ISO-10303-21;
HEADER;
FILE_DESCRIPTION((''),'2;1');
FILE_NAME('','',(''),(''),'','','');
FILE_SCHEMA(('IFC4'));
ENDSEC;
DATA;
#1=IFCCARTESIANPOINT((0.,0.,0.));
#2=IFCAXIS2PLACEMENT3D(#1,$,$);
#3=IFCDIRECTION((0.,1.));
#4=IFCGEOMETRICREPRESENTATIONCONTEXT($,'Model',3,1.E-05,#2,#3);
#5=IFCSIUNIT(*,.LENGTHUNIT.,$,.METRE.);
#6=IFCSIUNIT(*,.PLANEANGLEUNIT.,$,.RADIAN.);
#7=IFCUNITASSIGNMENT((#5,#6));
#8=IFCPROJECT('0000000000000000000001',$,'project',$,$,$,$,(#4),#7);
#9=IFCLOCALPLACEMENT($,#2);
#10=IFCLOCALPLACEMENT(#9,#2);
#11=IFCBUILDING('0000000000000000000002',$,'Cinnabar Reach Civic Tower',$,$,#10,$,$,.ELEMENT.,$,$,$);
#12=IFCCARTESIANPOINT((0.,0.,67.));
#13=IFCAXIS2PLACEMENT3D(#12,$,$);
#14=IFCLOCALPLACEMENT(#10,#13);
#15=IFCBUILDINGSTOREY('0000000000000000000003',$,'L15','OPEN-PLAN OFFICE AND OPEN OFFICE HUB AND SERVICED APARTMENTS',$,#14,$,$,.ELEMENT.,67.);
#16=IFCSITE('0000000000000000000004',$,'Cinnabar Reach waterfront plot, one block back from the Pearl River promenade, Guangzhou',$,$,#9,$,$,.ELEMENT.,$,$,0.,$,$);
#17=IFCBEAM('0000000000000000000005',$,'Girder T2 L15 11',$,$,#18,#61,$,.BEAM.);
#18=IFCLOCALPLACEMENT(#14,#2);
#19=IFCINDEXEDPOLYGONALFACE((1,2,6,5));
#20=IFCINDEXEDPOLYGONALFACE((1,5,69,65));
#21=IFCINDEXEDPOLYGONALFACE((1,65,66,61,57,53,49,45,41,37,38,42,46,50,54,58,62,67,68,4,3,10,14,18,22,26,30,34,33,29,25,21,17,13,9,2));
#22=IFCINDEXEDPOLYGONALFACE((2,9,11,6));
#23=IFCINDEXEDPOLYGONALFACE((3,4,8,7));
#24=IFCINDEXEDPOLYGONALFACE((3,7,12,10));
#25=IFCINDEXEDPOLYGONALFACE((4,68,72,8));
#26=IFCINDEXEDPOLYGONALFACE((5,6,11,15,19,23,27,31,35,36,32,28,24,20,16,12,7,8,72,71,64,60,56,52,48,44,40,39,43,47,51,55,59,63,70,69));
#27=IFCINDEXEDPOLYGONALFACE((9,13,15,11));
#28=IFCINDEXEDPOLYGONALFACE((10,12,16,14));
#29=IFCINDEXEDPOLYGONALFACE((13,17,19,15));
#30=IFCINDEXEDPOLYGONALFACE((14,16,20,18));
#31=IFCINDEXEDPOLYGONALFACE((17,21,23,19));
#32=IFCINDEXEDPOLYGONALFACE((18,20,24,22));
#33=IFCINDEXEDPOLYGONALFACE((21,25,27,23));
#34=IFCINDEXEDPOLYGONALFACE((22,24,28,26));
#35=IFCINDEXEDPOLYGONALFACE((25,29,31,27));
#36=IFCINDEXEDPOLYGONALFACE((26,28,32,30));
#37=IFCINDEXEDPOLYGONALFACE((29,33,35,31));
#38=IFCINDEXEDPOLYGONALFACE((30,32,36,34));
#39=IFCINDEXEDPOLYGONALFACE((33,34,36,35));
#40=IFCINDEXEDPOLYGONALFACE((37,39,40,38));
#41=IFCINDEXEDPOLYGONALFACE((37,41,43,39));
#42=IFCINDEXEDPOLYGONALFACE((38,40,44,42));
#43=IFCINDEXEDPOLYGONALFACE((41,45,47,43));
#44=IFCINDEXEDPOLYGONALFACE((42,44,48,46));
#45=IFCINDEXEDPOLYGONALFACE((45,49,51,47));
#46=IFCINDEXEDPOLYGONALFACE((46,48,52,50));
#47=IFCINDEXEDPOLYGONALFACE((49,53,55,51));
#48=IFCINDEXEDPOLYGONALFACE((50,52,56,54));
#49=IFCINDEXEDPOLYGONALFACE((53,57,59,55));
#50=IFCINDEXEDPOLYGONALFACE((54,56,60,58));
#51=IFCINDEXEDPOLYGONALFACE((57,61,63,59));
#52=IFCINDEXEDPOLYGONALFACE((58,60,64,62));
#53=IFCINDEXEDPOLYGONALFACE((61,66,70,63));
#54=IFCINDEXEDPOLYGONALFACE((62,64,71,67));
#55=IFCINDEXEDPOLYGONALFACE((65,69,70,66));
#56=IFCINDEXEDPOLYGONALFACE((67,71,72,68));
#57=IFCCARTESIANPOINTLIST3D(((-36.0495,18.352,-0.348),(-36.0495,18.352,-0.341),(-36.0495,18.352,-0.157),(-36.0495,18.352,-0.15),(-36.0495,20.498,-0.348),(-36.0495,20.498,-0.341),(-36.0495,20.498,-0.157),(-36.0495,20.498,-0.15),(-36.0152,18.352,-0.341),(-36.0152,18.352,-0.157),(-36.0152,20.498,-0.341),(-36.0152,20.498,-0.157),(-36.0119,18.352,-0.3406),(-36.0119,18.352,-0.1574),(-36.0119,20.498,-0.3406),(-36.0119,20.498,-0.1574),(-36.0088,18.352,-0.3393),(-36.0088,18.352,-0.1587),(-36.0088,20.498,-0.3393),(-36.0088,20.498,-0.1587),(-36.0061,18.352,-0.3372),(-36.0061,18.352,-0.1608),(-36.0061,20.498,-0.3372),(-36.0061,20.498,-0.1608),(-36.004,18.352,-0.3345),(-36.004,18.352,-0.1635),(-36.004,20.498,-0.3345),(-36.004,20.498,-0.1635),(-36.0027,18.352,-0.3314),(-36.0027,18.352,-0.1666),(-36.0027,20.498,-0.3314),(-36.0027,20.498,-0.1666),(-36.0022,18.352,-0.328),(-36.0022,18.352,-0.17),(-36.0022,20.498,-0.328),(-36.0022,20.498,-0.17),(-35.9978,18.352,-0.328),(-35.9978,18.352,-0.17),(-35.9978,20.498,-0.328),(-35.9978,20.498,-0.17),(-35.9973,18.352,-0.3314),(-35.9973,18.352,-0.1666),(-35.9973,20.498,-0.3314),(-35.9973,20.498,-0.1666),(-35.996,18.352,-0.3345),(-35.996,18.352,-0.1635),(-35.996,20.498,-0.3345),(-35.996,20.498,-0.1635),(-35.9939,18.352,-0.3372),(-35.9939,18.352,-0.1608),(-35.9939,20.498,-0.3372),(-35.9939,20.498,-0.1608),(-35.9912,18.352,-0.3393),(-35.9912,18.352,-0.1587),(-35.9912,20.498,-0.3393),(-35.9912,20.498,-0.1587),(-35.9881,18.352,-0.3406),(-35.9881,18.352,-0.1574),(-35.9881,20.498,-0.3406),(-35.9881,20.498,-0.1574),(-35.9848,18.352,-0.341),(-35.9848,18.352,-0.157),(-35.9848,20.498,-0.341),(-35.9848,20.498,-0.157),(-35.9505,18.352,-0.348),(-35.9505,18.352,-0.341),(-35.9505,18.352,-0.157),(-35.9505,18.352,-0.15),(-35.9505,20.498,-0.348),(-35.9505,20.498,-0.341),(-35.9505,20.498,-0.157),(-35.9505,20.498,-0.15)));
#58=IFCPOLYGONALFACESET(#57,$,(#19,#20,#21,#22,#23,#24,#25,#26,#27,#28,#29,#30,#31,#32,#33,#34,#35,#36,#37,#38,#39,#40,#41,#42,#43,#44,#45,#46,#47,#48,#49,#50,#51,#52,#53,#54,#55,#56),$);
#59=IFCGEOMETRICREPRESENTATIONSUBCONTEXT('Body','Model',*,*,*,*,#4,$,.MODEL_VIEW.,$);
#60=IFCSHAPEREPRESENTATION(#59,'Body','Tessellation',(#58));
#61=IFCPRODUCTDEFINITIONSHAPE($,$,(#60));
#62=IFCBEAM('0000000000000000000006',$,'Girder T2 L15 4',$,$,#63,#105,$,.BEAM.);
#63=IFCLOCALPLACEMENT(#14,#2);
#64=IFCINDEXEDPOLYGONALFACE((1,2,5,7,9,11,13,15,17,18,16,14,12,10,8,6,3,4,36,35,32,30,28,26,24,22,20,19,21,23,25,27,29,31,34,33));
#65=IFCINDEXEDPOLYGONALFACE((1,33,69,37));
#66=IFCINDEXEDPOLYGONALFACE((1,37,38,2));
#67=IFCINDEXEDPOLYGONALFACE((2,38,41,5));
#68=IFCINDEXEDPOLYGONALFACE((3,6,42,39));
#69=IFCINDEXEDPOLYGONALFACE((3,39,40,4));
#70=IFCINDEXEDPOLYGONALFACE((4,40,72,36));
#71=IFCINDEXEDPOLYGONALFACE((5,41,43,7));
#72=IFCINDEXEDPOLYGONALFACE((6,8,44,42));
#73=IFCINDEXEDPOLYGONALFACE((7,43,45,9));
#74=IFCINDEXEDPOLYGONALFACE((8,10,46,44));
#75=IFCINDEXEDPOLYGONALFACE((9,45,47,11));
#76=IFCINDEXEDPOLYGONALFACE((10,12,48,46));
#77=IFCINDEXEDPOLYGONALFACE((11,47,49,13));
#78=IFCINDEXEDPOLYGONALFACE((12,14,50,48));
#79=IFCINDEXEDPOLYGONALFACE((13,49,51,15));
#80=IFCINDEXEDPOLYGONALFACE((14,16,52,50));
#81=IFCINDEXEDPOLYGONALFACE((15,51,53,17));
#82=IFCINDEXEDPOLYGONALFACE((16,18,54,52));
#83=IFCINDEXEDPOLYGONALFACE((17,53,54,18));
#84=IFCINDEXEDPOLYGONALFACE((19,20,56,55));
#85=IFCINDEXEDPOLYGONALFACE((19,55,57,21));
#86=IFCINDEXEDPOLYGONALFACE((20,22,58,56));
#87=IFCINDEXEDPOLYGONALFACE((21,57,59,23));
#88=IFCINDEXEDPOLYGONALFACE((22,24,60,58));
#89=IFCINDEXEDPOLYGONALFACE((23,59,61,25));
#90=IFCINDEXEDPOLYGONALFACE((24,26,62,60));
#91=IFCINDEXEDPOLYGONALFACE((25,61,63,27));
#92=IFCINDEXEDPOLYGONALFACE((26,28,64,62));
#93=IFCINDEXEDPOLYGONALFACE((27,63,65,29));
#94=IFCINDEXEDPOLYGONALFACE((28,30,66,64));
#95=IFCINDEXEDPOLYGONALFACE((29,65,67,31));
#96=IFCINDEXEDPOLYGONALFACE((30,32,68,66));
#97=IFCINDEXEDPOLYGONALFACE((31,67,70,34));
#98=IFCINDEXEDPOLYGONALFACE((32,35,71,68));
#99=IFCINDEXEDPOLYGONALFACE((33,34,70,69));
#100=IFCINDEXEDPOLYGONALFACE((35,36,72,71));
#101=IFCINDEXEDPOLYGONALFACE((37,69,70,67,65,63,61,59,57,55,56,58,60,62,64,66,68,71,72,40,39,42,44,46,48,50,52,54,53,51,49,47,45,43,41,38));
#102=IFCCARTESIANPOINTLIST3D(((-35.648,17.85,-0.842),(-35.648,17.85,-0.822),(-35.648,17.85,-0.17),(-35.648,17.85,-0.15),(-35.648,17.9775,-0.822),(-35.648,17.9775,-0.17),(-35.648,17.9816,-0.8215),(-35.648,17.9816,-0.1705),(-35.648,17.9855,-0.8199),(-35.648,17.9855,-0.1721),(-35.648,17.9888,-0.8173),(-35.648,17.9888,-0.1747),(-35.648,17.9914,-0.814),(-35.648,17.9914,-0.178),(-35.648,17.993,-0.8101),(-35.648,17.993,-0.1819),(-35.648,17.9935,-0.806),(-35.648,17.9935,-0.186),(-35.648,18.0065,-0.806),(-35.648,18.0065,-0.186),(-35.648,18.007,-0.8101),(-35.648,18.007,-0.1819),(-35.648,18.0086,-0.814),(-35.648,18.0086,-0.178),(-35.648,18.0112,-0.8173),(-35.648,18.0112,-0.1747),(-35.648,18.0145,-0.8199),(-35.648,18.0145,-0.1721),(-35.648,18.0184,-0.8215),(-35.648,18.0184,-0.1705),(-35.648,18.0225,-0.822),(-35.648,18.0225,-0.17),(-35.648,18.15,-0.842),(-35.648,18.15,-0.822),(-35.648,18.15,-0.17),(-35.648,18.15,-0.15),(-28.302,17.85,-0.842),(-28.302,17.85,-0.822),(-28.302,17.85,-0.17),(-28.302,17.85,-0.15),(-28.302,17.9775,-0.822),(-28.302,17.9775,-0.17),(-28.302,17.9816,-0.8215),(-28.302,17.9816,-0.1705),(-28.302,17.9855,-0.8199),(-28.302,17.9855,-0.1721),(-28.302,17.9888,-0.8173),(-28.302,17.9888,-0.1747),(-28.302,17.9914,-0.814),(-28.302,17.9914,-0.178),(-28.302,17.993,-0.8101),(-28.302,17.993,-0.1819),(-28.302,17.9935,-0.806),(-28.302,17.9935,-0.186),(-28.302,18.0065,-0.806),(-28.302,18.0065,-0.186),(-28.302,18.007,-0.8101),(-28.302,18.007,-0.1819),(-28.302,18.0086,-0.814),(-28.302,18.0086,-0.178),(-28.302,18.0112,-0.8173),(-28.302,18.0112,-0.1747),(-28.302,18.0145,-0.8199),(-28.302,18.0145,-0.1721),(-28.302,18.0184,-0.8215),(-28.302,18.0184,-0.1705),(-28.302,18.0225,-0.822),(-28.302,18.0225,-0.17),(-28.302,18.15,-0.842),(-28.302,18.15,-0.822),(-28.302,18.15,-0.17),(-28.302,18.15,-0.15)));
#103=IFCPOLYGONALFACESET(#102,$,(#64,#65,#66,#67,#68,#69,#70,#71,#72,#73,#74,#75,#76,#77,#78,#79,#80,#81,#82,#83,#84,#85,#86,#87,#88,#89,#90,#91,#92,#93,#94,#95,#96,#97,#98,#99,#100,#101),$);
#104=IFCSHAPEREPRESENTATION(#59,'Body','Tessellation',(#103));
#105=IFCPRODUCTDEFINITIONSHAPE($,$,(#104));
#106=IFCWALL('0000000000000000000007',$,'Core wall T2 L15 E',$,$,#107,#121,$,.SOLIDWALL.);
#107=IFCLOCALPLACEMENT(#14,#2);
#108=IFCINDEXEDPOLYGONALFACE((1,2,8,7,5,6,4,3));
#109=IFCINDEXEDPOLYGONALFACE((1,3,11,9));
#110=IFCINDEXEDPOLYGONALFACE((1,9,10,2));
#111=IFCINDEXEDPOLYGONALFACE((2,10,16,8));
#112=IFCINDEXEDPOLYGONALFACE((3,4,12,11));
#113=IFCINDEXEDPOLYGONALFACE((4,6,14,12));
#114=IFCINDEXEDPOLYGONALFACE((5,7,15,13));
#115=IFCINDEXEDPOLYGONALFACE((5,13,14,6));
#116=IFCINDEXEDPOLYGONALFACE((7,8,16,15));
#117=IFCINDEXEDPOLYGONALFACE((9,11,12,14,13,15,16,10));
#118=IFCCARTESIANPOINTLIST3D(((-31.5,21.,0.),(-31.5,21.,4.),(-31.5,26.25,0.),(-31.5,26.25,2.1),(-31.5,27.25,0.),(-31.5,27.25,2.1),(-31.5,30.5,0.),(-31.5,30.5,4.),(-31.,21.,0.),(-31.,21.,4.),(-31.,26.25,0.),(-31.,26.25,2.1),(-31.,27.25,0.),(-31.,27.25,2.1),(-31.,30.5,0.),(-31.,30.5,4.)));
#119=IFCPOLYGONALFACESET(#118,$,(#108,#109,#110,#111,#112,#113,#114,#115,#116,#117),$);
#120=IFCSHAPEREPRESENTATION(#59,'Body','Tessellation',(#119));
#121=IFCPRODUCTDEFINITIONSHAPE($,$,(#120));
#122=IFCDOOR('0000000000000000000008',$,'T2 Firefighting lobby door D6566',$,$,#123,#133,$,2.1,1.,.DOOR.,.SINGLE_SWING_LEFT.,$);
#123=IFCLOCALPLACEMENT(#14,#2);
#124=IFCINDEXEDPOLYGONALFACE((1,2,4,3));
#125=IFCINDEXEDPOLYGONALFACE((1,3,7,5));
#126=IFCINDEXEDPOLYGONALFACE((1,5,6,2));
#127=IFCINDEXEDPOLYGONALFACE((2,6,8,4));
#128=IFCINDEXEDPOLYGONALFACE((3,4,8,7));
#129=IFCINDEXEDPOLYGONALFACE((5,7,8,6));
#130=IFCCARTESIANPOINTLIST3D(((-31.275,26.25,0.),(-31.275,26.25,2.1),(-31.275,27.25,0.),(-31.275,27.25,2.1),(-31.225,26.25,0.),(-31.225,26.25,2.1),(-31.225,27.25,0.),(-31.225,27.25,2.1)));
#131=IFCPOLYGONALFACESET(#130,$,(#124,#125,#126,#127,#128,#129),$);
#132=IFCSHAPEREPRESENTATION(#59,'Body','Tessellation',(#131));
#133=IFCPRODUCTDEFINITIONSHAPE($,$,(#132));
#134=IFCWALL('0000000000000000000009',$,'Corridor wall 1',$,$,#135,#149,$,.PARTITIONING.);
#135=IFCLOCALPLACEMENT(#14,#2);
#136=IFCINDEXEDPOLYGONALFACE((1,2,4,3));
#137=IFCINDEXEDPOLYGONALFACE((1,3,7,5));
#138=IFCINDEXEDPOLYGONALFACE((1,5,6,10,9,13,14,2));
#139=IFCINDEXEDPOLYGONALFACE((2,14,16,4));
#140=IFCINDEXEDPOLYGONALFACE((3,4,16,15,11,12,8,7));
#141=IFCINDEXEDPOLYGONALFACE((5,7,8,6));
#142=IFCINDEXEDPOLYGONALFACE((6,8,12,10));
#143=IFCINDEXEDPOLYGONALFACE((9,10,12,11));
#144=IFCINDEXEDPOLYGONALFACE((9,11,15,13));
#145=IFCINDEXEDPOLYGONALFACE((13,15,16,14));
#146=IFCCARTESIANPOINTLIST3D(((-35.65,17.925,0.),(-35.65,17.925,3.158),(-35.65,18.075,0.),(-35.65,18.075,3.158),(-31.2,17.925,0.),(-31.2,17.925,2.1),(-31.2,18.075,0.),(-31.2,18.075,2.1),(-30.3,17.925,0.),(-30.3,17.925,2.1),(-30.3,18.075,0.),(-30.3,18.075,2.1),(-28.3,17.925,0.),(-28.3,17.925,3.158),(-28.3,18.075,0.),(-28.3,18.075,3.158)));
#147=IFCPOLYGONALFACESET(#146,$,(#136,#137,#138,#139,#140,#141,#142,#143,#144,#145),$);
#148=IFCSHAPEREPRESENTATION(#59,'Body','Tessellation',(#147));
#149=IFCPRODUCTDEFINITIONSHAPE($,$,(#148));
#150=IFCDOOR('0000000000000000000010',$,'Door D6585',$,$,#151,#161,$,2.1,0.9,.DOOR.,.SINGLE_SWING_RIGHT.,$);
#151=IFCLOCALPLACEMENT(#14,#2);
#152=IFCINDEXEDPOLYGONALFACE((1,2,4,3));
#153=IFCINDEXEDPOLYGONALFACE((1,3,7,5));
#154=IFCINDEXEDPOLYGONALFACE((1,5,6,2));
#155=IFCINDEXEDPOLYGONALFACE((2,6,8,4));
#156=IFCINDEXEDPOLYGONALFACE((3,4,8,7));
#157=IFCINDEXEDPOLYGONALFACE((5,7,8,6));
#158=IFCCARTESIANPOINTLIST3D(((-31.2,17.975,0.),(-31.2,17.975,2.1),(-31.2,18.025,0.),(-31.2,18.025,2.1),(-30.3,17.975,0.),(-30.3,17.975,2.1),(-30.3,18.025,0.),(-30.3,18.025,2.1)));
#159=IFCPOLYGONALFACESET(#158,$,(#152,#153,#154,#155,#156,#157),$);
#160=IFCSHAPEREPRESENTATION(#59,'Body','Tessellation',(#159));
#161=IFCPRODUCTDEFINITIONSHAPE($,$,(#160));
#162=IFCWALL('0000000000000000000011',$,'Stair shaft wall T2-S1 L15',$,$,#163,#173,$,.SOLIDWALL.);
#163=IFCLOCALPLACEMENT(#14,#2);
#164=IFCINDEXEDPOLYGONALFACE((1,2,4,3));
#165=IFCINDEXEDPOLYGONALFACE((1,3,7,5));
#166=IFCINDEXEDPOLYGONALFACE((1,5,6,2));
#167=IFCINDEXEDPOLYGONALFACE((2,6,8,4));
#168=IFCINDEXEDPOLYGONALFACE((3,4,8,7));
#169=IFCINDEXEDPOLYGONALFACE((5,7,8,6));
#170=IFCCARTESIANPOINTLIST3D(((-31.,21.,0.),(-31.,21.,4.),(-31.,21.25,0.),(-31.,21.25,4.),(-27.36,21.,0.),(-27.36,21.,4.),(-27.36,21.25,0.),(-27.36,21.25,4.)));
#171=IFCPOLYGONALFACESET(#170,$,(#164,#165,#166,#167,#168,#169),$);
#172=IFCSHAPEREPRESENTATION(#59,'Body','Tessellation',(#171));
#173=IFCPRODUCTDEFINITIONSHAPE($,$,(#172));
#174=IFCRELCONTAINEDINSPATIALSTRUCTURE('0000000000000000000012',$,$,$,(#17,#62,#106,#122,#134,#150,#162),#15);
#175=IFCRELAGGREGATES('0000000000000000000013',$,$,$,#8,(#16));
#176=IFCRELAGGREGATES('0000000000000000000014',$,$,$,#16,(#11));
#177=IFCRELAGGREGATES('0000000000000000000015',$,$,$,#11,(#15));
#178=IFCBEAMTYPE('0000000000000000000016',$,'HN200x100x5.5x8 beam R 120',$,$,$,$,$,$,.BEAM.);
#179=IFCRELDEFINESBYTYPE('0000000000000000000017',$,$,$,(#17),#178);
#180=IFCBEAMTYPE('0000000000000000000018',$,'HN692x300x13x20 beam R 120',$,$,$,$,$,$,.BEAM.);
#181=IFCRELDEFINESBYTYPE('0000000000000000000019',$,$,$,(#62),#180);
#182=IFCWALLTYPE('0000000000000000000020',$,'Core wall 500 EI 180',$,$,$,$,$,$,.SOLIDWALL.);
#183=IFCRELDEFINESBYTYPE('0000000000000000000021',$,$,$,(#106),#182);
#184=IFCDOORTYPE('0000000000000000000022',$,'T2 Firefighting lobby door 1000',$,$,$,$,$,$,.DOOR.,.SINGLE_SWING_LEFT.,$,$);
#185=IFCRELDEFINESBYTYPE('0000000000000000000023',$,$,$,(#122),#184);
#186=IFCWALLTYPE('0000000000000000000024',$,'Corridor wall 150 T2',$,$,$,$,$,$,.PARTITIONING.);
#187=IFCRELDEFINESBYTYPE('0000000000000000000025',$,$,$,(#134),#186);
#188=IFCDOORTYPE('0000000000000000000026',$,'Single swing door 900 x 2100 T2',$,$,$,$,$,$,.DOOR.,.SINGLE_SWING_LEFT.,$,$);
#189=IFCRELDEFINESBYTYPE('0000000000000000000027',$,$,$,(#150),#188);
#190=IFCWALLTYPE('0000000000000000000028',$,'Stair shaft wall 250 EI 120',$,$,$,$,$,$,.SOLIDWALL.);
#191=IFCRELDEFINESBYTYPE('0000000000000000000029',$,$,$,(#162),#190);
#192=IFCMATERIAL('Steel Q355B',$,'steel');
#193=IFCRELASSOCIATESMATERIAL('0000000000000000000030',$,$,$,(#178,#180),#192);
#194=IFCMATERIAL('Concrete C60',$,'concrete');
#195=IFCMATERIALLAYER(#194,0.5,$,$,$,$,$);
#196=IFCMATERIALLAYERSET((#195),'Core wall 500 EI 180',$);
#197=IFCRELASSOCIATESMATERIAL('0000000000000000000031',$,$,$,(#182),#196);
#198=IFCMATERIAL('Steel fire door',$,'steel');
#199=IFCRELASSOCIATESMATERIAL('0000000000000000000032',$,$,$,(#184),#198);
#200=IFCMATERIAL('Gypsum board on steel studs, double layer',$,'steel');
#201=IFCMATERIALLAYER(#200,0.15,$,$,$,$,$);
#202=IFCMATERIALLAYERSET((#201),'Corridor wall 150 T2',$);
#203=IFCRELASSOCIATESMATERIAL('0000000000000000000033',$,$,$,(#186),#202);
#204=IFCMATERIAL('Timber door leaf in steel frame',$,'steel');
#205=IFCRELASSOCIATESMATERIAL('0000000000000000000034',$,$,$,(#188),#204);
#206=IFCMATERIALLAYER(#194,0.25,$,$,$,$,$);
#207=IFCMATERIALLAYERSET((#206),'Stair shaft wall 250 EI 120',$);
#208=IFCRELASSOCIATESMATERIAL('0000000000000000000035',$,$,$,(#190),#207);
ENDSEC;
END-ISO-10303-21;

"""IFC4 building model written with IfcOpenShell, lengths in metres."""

from ifc_helpers import new_model, si_unit, direction, frame, frame_2d, origin, origin_2d, place, context, subcontext, project, spatial, rectangle, i_section, extrude, material, layer, layer_set, material_profile, profile_set, type_object, element, fill, save


model = new_model("IFC4")

# Units and contexts
model_context = context("Model", 3, precision=1e-05, world=origin(), true_north=direction((0.0, 1.0)))
body_context = subcontext(model_context, "Body", "Model", "MODEL_VIEW")
ifc_project = project(units=[si_unit("LENGTHUNIT", "METRE"), si_unit("PLANEANGLEUNIT", "RADIAN")], contexts=[model_context])

# Site, building, storey
site_placement = place(None, origin())
site = spatial("IfcSite", under=ifc_project, at=site_placement, Name="Cinnabar Reach waterfront plot, one block back from the Pearl River promenade, Guangzhou", CompositionType="ELEMENT", RefElevation=0.0)
building_placement = place(site_placement, origin())
building = spatial("IfcBuilding", under=site, at=building_placement, Name="Cinnabar Reach Civic Tower", CompositionType="ELEMENT")
storey_placement = place(building_placement, frame((0.0, 0.0, 67.0)))
storey = spatial("IfcBuildingStorey", under=building, at=storey_placement, Name="L15", Description="OPEN-PLAN OFFICE AND OPEN OFFICE HUB AND SERVICED APARTMENTS", CompositionType="ELEMENT", Elevation=67.0)

# Beams
ifc_material_1 = material(Name="Steel Q355B", Category="steel")
ifc_material_profile_1 = material_profile(ifc_material_1, i_section(OverallWidth=0.099, OverallDepth=0.198, WebThickness=0.0045, FlangeThickness=0.007, FilletRadius=0.013, at=origin_2d()), Name="HN200x100x5.5x8")
ifc_profile_set_1 = profile_set([ifc_material_profile_1], Name="Steel Q355B")
beam_type_1 = type_object("IfcBeamType", Name="HN200x100x5.5x8 beam R 120", PredefinedType="BEAM", material=ifc_profile_set_1)
beam_1_placement = place(storey_placement, frame((-36.0, 18.352, -0.249), z_axis=(0.0, 1.0, 0.0), x_axis=(-1.0, 0.0, 0.0)))
element("IfcBeam", 1, at=beam_1_placement, inside=storey, type_object=beam_type_1, Name="Girder T2 L15 11", PredefinedType="BEAM", context=body_context, shape_type="SweptSolid", body=[
    extrude(i_section(OverallWidth=0.099, OverallDepth=0.198, WebThickness=0.0045, FlangeThickness=0.007, FilletRadius=0.013, at=origin_2d()), origin(), (0.0, 0.0, 1.0), 2.146),
])
ifc_material_profile_2 = material_profile(ifc_material_1, i_section(OverallWidth=0.3, OverallDepth=0.692, WebThickness=0.013, FlangeThickness=0.02, FilletRadius=0.016, at=origin_2d()), Name="HN692x300x13x20")
ifc_profile_set_2 = profile_set([ifc_material_profile_2], Name="Steel Q355B")
beam_type_2 = type_object("IfcBeamType", Name="HN692x300x13x20 beam R 120", PredefinedType="BEAM", material=ifc_profile_set_2)
beam_2_placement = place(storey_placement, frame((-35.648, 18.0, -0.496), z_axis=(1.0, 0.0, 0.0), x_axis=(0.0, 1.0, 0.0)))
element("IfcBeam", 2, at=beam_2_placement, inside=storey, type_object=beam_type_2, Name="Girder T2 L15 4", PredefinedType="BEAM", context=body_context, shape_type="SweptSolid", body=[
    extrude(i_section(OverallWidth=0.3, OverallDepth=0.692, WebThickness=0.013, FlangeThickness=0.02, FilletRadius=0.016, at=origin_2d()), origin(), (0.0, 0.0, 1.0), 7.346),
])

# Walls, openings, doors
ifc_material_2 = material(Name="Concrete C60", Category="concrete")
ifc_layer_1 = layer(ifc_material_2, 0.5)
ifc_layer_set_1 = layer_set([ifc_layer_1], Name="Core wall 500 EI 180")
wall_type_1 = type_object("IfcWallType", Name="Core wall 500 EI 180", PredefinedType="SOLIDWALL", material=ifc_layer_set_1)
wall_1_placement = place(storey_placement, frame((-31.25, 21.0, 0.0), z_axis=(0.0, 0.0, 1.0), x_axis=(0.0, 1.0, 0.0)))
wall_1 = element("IfcWall", 3, at=wall_1_placement, inside=storey, type_object=wall_type_1, Name="Core wall T2 L15 E", PredefinedType="SOLIDWALL", context=body_context, shape_type="SweptSolid", body=[
    extrude(rectangle(XDim=9.5, YDim=0.5, at=frame_2d((4.75, 0.0))), origin(), (0.0, 0.0, 1.0), 4.0),
])
opening_1_placement = place(wall_1_placement, frame((5.25, 0.0, 0.0)))
opening_1 = element("IfcOpeningElement", 4, at=opening_1_placement, cuts=wall_1, PredefinedType="OPENING", context=body_context, shape_type="SweptSolid", body=[
    extrude(rectangle(XDim=1.0, YDim=2.1, at=frame_2d((0.5, 1.05))), frame((0.0, 0.26, 0.0), z_axis=(0.0, -1.0, 0.0), x_axis=(1.0, 0.0, 0.0)), (0.0, 0.0, 1.0), 0.52),
])
ifc_material_3 = material(Name="Steel fire door", Category="steel")
door_type_1 = type_object("IfcDoorType", Name="T2 Firefighting lobby door 1000", OperationType="SINGLE_SWING_LEFT", PredefinedType="DOOR", material=ifc_material_3)
door_1_placement = place(opening_1_placement, frame((1.0, 0.0, 0.0), z_axis=(0.0, 0.0, 1.0), x_axis=(-1.0, 0.0, 0.0)))
door_1 = element("IfcDoor", 5, at=door_1_placement, inside=storey, type_object=door_type_1, Name="T2 Firefighting lobby door D6566", OperationType="SINGLE_SWING_LEFT", OverallHeight=2.1, OverallWidth=1.0, PredefinedType="DOOR", context=body_context, shape_type="SweptSolid", body=[
    extrude(rectangle(XDim=1.0, YDim=2.1, at=frame_2d((0.5, 1.05))), frame((0.0, 0.025, 0.0), z_axis=(0.0, -1.0, 0.0), x_axis=(1.0, 0.0, 0.0)), (0.0, 0.0, 1.0), 0.05),
])
fill(opening_1, door_1)
ifc_material_4 = material(Name="Gypsum board on steel studs, double layer", Category="steel")
ifc_layer_2 = layer(ifc_material_4, 0.15)
ifc_layer_set_2 = layer_set([ifc_layer_2], Name="Corridor wall 150 T2")
wall_type_2 = type_object("IfcWallType", Name="Corridor wall 150 T2", PredefinedType="PARTITIONING", material=ifc_layer_set_2)
wall_2_placement = place(storey_placement, frame((-35.65, 18.0, 0.0), z_axis=(0.0, 0.0, 1.0), x_axis=(1.0, 0.0, 0.0)))
wall_2 = element("IfcWall", 6, at=wall_2_placement, inside=storey, type_object=wall_type_2, Name="Corridor wall 1", PredefinedType="PARTITIONING", context=body_context, shape_type="SweptSolid", body=[
    extrude(rectangle(XDim=7.35, YDim=0.15, at=frame_2d((3.675, 0.0))), origin(), (0.0, 0.0, 1.0), 3.158),
])
opening_2_placement = place(wall_2_placement, frame((4.45, 0.0, 0.0)))
opening_2 = element("IfcOpeningElement", 7, at=opening_2_placement, cuts=wall_2, PredefinedType="OPENING", context=body_context, shape_type="SweptSolid", body=[
    extrude(rectangle(XDim=0.9, YDim=2.1, at=frame_2d((0.45, 1.05))), frame((0.0, 0.085, 0.0), z_axis=(0.0, -1.0, 0.0), x_axis=(1.0, 0.0, 0.0)), (0.0, 0.0, 1.0), 0.17),
])
ifc_material_5 = material(Name="Timber door leaf in steel frame", Category="steel")
door_type_2 = type_object("IfcDoorType", Name="Single swing door 900 x 2100 T2", OperationType="SINGLE_SWING_LEFT", PredefinedType="DOOR", material=ifc_material_5)
door_2_placement = place(opening_2_placement, frame((0.9, 0.0, 0.0), z_axis=(0.0, 0.0, 1.0), x_axis=(-1.0, 0.0, 0.0)))
door_2 = element("IfcDoor", 8, at=door_2_placement, inside=storey, type_object=door_type_2, Name="Door D6585", OperationType="SINGLE_SWING_RIGHT", OverallHeight=2.1, OverallWidth=0.9, PredefinedType="DOOR", context=body_context, shape_type="SweptSolid", body=[
    extrude(rectangle(XDim=0.9, YDim=2.1, at=frame_2d((0.45, 1.05))), frame((0.0, 0.025, 0.0), z_axis=(0.0, -1.0, 0.0), x_axis=(1.0, 0.0, 0.0)), (0.0, 0.0, 1.0), 0.05),
])
fill(opening_2, door_2)

# Wall
ifc_layer_3 = layer(ifc_material_2, 0.25)
ifc_layer_set_3 = layer_set([ifc_layer_3], Name="Stair shaft wall 250 EI 120")
wall_type_3 = type_object("IfcWallType", Name="Stair shaft wall 250 EI 120", PredefinedType="SOLIDWALL", material=ifc_layer_set_3)
wall_3_placement = place(storey_placement, frame((-31.0, 21.125, 0.0), z_axis=(0.0, 0.0, 1.0), x_axis=(1.0, 0.0, 0.0)))
element("IfcWall", 9, at=wall_3_placement, inside=storey, type_object=wall_type_3, Name="Stair shaft wall T2-S1 L15", PredefinedType="SOLIDWALL", context=body_context, shape_type="SweptSolid", body=[
    extrude(rectangle(XDim=3.64, YDim=0.25, at=frame_2d((1.82, 0.0))), origin(), (0.0, 0.0, 1.0), 4.0),
])

save(model, "model.ifc")
